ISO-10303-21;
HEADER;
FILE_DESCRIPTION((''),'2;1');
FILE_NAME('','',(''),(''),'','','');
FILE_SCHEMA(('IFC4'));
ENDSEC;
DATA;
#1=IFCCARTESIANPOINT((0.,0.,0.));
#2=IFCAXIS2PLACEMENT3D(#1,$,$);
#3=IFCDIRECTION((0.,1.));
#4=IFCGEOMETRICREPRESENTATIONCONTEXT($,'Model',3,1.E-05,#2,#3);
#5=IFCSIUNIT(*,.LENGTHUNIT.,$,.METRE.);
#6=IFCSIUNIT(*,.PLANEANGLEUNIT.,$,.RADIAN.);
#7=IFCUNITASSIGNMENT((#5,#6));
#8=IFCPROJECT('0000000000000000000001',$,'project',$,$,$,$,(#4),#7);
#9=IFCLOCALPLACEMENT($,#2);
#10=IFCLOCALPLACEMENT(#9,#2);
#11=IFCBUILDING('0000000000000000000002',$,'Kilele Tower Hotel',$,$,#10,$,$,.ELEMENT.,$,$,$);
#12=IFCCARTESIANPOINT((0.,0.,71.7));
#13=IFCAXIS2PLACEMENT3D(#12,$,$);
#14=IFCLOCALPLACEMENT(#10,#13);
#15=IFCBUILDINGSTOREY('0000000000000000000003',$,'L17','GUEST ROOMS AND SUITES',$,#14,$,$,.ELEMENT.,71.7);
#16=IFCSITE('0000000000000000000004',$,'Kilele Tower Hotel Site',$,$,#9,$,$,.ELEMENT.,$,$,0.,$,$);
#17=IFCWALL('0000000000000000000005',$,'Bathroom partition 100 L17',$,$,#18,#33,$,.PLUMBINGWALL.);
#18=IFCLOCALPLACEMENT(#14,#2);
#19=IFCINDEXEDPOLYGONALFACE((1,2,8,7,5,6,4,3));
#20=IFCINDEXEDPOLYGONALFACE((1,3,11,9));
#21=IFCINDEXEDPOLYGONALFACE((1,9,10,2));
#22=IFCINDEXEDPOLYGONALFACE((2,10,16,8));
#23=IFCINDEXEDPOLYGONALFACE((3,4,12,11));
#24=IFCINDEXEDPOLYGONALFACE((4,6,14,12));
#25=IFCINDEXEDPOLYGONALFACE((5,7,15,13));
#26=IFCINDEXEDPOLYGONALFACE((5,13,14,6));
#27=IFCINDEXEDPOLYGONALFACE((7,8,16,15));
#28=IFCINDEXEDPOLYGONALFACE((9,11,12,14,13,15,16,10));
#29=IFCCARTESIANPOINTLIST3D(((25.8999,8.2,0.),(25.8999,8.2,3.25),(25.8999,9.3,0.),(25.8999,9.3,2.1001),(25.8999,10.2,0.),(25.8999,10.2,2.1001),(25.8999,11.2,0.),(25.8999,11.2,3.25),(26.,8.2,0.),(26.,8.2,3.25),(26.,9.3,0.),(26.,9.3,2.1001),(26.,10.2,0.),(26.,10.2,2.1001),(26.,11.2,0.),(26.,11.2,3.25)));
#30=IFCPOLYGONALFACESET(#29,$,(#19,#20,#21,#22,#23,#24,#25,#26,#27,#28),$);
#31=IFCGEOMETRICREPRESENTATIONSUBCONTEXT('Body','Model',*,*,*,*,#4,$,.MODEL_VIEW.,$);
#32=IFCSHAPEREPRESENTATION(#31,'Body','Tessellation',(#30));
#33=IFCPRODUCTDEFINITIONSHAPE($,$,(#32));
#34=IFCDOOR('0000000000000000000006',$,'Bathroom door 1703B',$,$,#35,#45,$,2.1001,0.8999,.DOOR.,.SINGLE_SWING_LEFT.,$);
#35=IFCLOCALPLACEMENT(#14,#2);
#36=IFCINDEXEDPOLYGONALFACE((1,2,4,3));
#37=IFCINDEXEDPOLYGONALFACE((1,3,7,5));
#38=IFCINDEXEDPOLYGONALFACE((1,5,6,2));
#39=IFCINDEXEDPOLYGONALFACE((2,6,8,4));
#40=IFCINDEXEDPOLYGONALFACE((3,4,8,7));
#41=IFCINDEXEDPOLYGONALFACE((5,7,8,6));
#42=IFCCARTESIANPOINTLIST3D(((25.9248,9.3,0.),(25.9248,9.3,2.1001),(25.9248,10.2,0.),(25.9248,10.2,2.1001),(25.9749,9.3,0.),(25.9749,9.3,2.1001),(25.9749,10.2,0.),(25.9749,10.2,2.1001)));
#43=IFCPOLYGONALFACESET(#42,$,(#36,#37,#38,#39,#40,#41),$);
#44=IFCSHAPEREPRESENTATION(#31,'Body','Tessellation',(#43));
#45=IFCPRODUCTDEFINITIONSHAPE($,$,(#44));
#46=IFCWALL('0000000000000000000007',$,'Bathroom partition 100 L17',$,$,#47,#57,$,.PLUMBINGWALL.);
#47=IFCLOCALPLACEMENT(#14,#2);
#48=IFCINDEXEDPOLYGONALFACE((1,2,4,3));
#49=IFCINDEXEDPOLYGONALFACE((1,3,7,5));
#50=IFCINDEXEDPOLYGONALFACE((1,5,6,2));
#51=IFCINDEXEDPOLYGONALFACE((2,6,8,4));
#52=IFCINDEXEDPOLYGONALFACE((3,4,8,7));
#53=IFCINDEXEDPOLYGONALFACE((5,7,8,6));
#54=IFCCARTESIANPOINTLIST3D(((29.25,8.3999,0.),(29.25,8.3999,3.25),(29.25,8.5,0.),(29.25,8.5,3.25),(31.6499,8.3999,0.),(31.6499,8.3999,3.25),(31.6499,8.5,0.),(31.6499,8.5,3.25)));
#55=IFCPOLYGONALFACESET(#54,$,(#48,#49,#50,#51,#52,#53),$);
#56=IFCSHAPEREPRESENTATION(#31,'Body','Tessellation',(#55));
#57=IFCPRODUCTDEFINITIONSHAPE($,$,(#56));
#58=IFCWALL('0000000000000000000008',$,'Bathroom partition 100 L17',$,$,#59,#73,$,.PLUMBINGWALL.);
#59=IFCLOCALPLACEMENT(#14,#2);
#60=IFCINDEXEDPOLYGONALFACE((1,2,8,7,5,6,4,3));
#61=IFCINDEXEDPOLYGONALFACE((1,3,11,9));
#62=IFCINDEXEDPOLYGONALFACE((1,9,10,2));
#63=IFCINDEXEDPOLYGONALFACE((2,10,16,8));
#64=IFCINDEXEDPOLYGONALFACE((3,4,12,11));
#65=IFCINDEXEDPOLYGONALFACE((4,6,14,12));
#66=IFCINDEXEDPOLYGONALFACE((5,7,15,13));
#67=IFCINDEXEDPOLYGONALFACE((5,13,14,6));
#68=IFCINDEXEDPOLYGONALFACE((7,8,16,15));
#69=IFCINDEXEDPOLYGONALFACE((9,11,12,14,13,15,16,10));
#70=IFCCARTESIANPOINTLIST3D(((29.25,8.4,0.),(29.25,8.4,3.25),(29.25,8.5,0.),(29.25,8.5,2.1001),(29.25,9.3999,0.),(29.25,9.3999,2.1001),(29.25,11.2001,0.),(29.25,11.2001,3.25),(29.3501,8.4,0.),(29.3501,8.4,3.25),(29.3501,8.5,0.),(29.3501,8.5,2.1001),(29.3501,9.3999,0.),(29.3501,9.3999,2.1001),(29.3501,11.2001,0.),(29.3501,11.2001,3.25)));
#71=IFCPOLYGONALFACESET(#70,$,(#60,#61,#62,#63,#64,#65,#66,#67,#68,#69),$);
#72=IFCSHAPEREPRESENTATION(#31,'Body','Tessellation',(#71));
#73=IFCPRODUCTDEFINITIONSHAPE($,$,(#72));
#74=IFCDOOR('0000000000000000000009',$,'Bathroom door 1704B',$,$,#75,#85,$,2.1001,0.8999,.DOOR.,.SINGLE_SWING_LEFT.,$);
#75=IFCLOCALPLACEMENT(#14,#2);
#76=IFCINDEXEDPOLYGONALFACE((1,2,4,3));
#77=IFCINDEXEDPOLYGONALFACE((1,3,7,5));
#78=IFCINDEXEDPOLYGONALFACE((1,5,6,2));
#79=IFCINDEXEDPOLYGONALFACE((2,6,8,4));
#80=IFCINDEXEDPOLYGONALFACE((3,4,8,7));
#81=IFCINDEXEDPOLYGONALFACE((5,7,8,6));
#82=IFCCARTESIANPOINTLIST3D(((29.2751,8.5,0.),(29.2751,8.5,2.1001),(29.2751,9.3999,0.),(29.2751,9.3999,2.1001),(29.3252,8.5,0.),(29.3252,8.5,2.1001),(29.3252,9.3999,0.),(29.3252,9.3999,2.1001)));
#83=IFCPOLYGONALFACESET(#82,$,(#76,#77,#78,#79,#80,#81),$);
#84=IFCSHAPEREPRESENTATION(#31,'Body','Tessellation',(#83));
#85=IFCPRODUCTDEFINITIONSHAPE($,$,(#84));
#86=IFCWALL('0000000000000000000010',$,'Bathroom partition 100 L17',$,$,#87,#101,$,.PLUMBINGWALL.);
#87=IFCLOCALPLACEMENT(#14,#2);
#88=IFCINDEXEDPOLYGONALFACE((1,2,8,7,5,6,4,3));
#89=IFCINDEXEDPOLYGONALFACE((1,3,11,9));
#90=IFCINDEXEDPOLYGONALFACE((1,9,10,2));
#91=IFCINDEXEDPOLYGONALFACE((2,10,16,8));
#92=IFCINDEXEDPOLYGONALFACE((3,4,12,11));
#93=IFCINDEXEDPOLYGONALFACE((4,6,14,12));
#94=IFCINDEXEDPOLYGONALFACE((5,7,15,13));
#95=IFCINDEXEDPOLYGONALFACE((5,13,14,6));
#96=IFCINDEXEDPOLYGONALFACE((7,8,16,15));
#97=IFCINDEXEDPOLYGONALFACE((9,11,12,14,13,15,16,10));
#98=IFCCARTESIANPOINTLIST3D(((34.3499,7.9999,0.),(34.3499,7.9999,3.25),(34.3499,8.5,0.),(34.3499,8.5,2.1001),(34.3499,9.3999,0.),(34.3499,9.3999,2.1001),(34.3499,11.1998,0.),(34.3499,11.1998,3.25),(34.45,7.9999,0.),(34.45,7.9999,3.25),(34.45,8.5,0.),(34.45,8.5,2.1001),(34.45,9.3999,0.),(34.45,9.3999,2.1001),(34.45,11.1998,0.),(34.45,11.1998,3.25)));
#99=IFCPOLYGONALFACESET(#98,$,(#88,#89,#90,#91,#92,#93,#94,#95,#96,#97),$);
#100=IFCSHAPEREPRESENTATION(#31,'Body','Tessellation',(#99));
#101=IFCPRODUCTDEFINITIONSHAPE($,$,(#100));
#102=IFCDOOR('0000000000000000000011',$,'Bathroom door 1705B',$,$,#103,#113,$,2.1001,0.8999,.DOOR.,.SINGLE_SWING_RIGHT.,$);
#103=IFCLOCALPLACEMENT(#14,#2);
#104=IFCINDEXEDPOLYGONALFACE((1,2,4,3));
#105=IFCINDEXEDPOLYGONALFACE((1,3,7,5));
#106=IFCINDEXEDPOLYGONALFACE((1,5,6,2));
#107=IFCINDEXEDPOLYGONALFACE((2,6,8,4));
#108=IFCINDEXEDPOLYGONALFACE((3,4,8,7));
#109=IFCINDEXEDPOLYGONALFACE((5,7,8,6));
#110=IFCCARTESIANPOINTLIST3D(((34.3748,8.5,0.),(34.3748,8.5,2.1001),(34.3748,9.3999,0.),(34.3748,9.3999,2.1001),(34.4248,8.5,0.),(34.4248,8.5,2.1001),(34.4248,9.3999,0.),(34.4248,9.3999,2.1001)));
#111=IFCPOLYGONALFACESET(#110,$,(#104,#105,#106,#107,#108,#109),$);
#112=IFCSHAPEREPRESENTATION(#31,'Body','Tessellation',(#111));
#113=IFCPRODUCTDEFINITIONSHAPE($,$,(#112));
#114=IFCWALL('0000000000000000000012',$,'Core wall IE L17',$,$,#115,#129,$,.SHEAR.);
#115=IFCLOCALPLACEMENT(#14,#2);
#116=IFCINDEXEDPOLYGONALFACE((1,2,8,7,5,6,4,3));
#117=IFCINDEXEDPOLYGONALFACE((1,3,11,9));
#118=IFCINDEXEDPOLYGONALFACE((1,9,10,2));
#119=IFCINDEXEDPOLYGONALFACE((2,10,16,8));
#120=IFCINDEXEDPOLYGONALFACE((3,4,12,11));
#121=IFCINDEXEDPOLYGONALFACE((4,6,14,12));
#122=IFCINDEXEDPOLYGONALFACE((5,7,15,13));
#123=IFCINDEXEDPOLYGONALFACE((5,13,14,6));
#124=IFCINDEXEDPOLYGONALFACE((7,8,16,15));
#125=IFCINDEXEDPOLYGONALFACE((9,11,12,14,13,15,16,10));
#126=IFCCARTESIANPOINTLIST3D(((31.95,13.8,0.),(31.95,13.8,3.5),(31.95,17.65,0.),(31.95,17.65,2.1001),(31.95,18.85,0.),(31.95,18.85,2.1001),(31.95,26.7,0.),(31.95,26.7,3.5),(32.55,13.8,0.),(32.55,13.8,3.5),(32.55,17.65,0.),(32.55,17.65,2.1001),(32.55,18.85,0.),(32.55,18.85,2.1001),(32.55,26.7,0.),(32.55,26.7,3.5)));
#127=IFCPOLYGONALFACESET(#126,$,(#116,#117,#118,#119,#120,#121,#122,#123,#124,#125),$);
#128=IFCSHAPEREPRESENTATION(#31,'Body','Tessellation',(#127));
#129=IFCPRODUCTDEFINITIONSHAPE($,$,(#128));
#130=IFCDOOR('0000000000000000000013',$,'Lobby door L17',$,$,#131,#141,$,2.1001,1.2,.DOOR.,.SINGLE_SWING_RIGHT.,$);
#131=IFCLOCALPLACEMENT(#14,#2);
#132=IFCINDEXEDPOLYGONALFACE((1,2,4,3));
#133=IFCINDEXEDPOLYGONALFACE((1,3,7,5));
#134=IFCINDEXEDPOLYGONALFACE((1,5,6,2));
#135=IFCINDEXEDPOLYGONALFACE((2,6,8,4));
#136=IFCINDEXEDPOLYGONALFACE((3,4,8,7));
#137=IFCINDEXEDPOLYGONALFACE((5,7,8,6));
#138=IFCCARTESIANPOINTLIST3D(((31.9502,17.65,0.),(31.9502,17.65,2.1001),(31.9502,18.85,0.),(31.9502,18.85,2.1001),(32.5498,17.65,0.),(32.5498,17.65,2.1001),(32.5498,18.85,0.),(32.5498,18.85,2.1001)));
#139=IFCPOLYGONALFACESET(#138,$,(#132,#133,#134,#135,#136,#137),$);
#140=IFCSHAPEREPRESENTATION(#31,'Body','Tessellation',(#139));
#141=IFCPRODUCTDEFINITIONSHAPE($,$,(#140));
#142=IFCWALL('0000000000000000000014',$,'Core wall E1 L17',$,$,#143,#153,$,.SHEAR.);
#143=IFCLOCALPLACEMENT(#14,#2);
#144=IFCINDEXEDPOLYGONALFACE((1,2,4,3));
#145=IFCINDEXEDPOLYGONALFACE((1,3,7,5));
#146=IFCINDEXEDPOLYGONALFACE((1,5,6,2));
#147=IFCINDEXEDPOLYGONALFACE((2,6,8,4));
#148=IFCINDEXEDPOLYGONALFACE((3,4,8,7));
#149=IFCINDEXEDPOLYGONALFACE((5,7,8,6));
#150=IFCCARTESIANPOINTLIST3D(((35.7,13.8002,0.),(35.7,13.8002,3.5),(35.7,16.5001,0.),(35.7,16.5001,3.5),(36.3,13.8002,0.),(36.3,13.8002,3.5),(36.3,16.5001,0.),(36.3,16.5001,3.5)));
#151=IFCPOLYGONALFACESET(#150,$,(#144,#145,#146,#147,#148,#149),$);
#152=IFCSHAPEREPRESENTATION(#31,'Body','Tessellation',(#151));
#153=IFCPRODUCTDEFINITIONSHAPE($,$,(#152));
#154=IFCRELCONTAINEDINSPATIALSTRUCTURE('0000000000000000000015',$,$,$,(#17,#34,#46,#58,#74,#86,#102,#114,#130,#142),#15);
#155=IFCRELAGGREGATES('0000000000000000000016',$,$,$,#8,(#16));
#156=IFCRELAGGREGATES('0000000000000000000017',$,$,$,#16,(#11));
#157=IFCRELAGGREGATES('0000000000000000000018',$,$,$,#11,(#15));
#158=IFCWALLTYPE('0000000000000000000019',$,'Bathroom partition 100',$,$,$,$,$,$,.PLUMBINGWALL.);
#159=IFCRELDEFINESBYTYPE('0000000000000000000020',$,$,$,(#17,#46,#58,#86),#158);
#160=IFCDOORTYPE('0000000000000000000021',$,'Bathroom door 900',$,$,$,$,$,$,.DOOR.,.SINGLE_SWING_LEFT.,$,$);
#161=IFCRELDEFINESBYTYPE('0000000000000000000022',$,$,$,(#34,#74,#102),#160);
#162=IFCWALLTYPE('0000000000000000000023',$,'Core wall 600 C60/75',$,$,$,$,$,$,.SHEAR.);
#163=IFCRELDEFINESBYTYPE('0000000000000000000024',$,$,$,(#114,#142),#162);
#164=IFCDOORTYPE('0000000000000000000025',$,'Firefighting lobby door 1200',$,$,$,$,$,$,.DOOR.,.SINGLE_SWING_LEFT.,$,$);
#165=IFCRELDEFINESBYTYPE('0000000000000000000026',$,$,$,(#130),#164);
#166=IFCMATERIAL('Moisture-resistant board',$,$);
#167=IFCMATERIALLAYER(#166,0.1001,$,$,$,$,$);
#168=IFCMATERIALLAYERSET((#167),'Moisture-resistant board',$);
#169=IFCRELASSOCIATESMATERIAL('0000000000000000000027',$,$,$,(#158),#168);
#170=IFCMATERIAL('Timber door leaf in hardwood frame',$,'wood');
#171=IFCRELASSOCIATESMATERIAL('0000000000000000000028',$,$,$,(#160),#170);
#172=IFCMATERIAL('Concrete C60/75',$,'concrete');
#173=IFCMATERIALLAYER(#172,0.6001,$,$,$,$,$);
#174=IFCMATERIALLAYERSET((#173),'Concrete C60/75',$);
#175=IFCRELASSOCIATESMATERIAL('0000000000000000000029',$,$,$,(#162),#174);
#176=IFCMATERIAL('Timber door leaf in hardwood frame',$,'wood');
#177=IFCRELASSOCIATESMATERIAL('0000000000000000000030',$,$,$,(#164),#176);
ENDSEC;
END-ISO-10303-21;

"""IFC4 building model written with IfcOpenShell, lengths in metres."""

from ifc_helpers import new_model, si_unit, direction, frame, frame_2d, origin, place, context, subcontext, project, spatial, rectangle, extrude, material, layer, layer_set, type_object, element, fill, save


model = new_model("IFC4")

# Units and contexts
model_context = context("Model", 3, precision=1e-05, world=origin(), true_north=direction((0.0, 1.0)))
body_context = subcontext(model_context, "Body", "Model", "MODEL_VIEW")
ifc_project = project(units=[si_unit("LENGTHUNIT", "METRE"), si_unit("PLANEANGLEUNIT", "RADIAN")], contexts=[model_context])

# Site, building, storey
site_placement = place(None, origin())
site = spatial("IfcSite", under=ifc_project, at=site_placement, Name="Kilele Tower Hotel Site", CompositionType="ELEMENT", RefElevation=0.0)
building_placement = place(site_placement, origin())
building = spatial("IfcBuilding", under=site, at=building_placement, Name="Kilele Tower Hotel", CompositionType="ELEMENT")
storey_placement = place(building_placement, frame((0.0, 0.0, 71.7)))
storey = spatial("IfcBuildingStorey", under=building, at=storey_placement, Name="L17", Description="GUEST ROOMS AND SUITES", CompositionType="ELEMENT", Elevation=71.7)

# Wall, opening, door
ifc_material_1 = material(Name="Moisture-resistant board")
ifc_layer_1 = layer(ifc_material_1, 0.1001)
ifc_layer_set_1 = layer_set([ifc_layer_1], Name="Moisture-resistant board")
wall_type_1 = type_object("IfcWallType", Name="Bathroom partition 100", PredefinedType="PLUMBINGWALL", material=ifc_layer_set_1)
wall_1_placement = place(storey_placement, frame((25.95, 11.2, 0.0), z_axis=(0.0, 0.0, 1.0), x_axis=(0.0, -1.0, 0.0)))
wall_1 = element("IfcWall", 1, at=wall_1_placement, inside=storey, type_object=wall_type_1, Name="Bathroom partition 100 L17", PredefinedType="PLUMBINGWALL", context=body_context, shape_type="SweptSolid", body=[
    extrude(rectangle(XDim=3.0, YDim=0.1001, at=frame_2d((1.5, 0.0))), origin(), (0.0, 0.0, 1.0), 3.25),
])
opening_1_placement = place(wall_1_placement, frame((1.0, 0.0, 0.0)))
opening_1 = element("IfcOpeningElement", 2, at=opening_1_placement, cuts=wall_1, PredefinedType="OPENING", context=body_context, shape_type="SweptSolid", body=[
    extrude(rectangle(XDim=0.8999, YDim=2.1001, at=frame_2d((0.45, 1.05))), frame((0.0, 0.0601, 0.0), z_axis=(0.0, -1.0, 0.0), x_axis=(1.0, 0.0, 0.0)), (0.0, 0.0, 1.0), 0.1201),
])
ifc_material_2 = material(Name="Timber door leaf in hardwood frame", Category="wood")
door_type_1 = type_object("IfcDoorType", Name="Bathroom door 900", OperationType="SINGLE_SWING_LEFT", PredefinedType="DOOR", material=ifc_material_2)
door_1_placement = place(opening_1_placement, origin())
door_1 = element("IfcDoor", 3, at=door_1_placement, inside=storey, type_object=door_type_1, Name="Bathroom door 1703B", OperationType="SINGLE_SWING_LEFT", OverallHeight=2.1001, OverallWidth=0.8999, PredefinedType="DOOR", context=body_context, shape_type="SweptSolid", body=[
    extrude(rectangle(XDim=0.8999, YDim=2.1001, at=frame_2d((0.45, 1.05))), frame((0.0, 0.0249, 0.0), z_axis=(0.0, -1.0, 0.0), x_axis=(1.0, 0.0, 0.0)), (0.0, 0.0, 1.0), 0.05),
])
fill(opening_1, door_1)

# Wall
wall_2_placement = place(storey_placement, frame((29.25, 8.45, 0.0), z_axis=(0.0, 0.0, 1.0), x_axis=(1.0, 0.0, 0.0)))
element("IfcWall", 4, at=wall_2_placement, inside=storey, type_object=wall_type_1, Name="Bathroom partition 100 L17", PredefinedType="PLUMBINGWALL", context=body_context, shape_type="SweptSolid", body=[
    extrude(rectangle(XDim=2.3999, YDim=0.1001, at=frame_2d((1.2, 0.0))), origin(), (0.0, 0.0, 1.0), 3.25),
])

# Walls, openings, doors
wall_3_placement = place(storey_placement, frame((29.3, 11.2, 0.0), z_axis=(0.0, 0.0, 1.0), x_axis=(0.0, -1.0, 0.0)))
wall_3 = element("IfcWall", 5, at=wall_3_placement, inside=storey, type_object=wall_type_1, Name="Bathroom partition 100 L17", PredefinedType="PLUMBINGWALL", context=body_context, shape_type="SweptSolid", body=[
    extrude(rectangle(XDim=2.8, YDim=0.1001, at=frame_2d((1.3999, 0.0))), origin(), (0.0, 0.0, 1.0), 3.25),
])
opening_2_placement = place(wall_3_placement, frame((2.7, 0.0, 0.0), z_axis=(0.0, 0.0, 1.0), x_axis=(-1.0, 0.0, 0.0)))
opening_2 = element("IfcOpeningElement", 6, at=opening_2_placement, cuts=wall_3, PredefinedType="OPENING", context=body_context, shape_type="SweptSolid", body=[
    extrude(rectangle(XDim=0.8999, YDim=2.1001, at=frame_2d((0.45, 1.05))), frame((0.0, 0.0601, 0.0), z_axis=(0.0, -1.0, 0.0), x_axis=(1.0, 0.0, 0.0)), (0.0, 0.0, 1.0), 0.1201),
])
door_2_placement = place(opening_2_placement, origin())
door_2 = element("IfcDoor", 7, at=door_2_placement, inside=storey, type_object=door_type_1, Name="Bathroom door 1704B", OperationType="SINGLE_SWING_LEFT", OverallHeight=2.1001, OverallWidth=0.8999, PredefinedType="DOOR", context=body_context, shape_type="SweptSolid", body=[
    extrude(rectangle(XDim=0.8999, YDim=2.1001, at=frame_2d((0.45, 1.05))), frame((0.0, 0.0249, 0.0), z_axis=(0.0, -1.0, 0.0), x_axis=(1.0, 0.0, 0.0)), (0.0, 0.0, 1.0), 0.05),
])
fill(opening_2, door_2)
wall_4_placement = place(storey_placement, frame((34.3999, 11.2, 0.0), z_axis=(0.0, 0.0, 1.0), x_axis=(0.0, -1.0, 0.0)))
wall_4 = element("IfcWall", 8, at=wall_4_placement, inside=storey, type_object=wall_type_1, Name="Bathroom partition 100 L17", PredefinedType="PLUMBINGWALL", context=body_context, shape_type="SweptSolid", body=[
    extrude(rectangle(XDim=3.2, YDim=0.1001, at=frame_2d((1.6001, 0.0))), origin(), (0.0, 0.0, 1.0), 3.25),
])
opening_3_placement = place(wall_4_placement, frame((1.8, 0.0, 0.0)))
opening_3 = element("IfcOpeningElement", 9, at=opening_3_placement, cuts=wall_4, PredefinedType="OPENING", context=body_context, shape_type="SweptSolid", body=[
    extrude(rectangle(XDim=0.8999, YDim=2.1001, at=frame_2d((0.45, 1.05))), frame((0.0, 0.0601, 0.0), z_axis=(0.0, -1.0, 0.0), x_axis=(1.0, 0.0, 0.0)), (0.0, 0.0, 1.0), 0.1201),
])
door_3_placement = place(opening_3_placement, origin())
door_3 = element("IfcDoor", 10, at=door_3_placement, inside=storey, type_object=door_type_1, Name="Bathroom door 1705B", OperationType="SINGLE_SWING_RIGHT", OverallHeight=2.1001, OverallWidth=0.8999, PredefinedType="DOOR", context=body_context, shape_type="SweptSolid", body=[
    extrude(rectangle(XDim=0.8999, YDim=2.1001, at=frame_2d((0.45, 1.05))), frame((0.0, 0.0249, 0.0), z_axis=(0.0, -1.0, 0.0), x_axis=(1.0, 0.0, 0.0)), (0.0, 0.0, 1.0), 0.05),
])
fill(opening_3, door_3)
ifc_material_3 = material(Name="Concrete C60/75", Category="concrete")
ifc_layer_2 = layer(ifc_material_3, 0.6001)
ifc_layer_set_2 = layer_set([ifc_layer_2], Name="Concrete C60/75")
wall_type_2 = type_object("IfcWallType", Name="Core wall 600 C60/75", PredefinedType="SHEAR", material=ifc_layer_set_2)
wall_5_placement = place(storey_placement, frame((32.25, 13.8, 0.0), z_axis=(0.0, 0.0, 1.0), x_axis=(0.0, 1.0, 0.0)))
wall_5 = element("IfcWall", 11, at=wall_5_placement, inside=storey, type_object=wall_type_2, Name="Core wall IE L17", PredefinedType="SHEAR", context=body_context, shape_type="SweptSolid", body=[
    extrude(rectangle(XDim=12.8999, YDim=0.6001, at=frame_2d((6.45, 0.0))), origin(), (0.0, 0.0, 1.0), 3.5),
])
opening_4_placement = place(wall_5_placement, frame((5.05, 0.0, 0.0), z_axis=(0.0, 0.0, 1.0), x_axis=(-1.0, 0.0, 0.0)))
opening_4 = element("IfcOpeningElement", 12, at=opening_4_placement, cuts=wall_5, PredefinedType="OPENING", context=body_context, shape_type="SweptSolid", body=[
    extrude(rectangle(XDim=1.2, YDim=2.1001, at=frame_2d((0.6001, 1.05))), frame((0.0, 0.3101, 0.0), z_axis=(0.0, -1.0, 0.0), x_axis=(1.0, 0.0, 0.0)), (0.0, 0.0, 1.0), 0.6201),
])
ifc_material_4 = material(Name="Timber door leaf in hardwood frame", Category="wood")
door_type_2 = type_object("IfcDoorType", Name="Firefighting lobby door 1200", OperationType="SINGLE_SWING_LEFT", PredefinedType="DOOR", material=ifc_material_4)
door_4_placement = place(opening_4_placement, origin())
door_4 = element("IfcDoor", 13, at=door_4_placement, inside=storey, type_object=door_type_2, Name="Lobby door L17", OperationType="SINGLE_SWING_RIGHT", OverallHeight=2.1001, OverallWidth=1.2, PredefinedType="DOOR", context=body_context, shape_type="SweptSolid", body=[
    extrude(rectangle(XDim=1.2, YDim=2.1001, at=frame_2d((0.6001, 1.05))), frame((0.0, 0.2998, 0.0), z_axis=(0.0, -1.0, 0.0), x_axis=(1.0, 0.0, 0.0)), (0.0, 0.0, 1.0), 0.5996),
])
fill(opening_4, door_4)

# Wall
wall_6_placement = place(storey_placement, frame((36.0, 13.8, 0.0), z_axis=(0.0, 0.0, 1.0), x_axis=(0.0, 1.0, 0.0)))
element("IfcWall", 14, at=wall_6_placement, inside=storey, type_object=wall_type_2, Name="Core wall E1 L17", PredefinedType="SHEAR", context=body_context, shape_type="SweptSolid", body=[
    extrude(rectangle(XDim=2.7, YDim=0.6001, at=frame_2d((1.3501, 0.0))), origin(), (0.0, 0.0, 1.0), 3.5),
])

save(model, "model.ifc")
